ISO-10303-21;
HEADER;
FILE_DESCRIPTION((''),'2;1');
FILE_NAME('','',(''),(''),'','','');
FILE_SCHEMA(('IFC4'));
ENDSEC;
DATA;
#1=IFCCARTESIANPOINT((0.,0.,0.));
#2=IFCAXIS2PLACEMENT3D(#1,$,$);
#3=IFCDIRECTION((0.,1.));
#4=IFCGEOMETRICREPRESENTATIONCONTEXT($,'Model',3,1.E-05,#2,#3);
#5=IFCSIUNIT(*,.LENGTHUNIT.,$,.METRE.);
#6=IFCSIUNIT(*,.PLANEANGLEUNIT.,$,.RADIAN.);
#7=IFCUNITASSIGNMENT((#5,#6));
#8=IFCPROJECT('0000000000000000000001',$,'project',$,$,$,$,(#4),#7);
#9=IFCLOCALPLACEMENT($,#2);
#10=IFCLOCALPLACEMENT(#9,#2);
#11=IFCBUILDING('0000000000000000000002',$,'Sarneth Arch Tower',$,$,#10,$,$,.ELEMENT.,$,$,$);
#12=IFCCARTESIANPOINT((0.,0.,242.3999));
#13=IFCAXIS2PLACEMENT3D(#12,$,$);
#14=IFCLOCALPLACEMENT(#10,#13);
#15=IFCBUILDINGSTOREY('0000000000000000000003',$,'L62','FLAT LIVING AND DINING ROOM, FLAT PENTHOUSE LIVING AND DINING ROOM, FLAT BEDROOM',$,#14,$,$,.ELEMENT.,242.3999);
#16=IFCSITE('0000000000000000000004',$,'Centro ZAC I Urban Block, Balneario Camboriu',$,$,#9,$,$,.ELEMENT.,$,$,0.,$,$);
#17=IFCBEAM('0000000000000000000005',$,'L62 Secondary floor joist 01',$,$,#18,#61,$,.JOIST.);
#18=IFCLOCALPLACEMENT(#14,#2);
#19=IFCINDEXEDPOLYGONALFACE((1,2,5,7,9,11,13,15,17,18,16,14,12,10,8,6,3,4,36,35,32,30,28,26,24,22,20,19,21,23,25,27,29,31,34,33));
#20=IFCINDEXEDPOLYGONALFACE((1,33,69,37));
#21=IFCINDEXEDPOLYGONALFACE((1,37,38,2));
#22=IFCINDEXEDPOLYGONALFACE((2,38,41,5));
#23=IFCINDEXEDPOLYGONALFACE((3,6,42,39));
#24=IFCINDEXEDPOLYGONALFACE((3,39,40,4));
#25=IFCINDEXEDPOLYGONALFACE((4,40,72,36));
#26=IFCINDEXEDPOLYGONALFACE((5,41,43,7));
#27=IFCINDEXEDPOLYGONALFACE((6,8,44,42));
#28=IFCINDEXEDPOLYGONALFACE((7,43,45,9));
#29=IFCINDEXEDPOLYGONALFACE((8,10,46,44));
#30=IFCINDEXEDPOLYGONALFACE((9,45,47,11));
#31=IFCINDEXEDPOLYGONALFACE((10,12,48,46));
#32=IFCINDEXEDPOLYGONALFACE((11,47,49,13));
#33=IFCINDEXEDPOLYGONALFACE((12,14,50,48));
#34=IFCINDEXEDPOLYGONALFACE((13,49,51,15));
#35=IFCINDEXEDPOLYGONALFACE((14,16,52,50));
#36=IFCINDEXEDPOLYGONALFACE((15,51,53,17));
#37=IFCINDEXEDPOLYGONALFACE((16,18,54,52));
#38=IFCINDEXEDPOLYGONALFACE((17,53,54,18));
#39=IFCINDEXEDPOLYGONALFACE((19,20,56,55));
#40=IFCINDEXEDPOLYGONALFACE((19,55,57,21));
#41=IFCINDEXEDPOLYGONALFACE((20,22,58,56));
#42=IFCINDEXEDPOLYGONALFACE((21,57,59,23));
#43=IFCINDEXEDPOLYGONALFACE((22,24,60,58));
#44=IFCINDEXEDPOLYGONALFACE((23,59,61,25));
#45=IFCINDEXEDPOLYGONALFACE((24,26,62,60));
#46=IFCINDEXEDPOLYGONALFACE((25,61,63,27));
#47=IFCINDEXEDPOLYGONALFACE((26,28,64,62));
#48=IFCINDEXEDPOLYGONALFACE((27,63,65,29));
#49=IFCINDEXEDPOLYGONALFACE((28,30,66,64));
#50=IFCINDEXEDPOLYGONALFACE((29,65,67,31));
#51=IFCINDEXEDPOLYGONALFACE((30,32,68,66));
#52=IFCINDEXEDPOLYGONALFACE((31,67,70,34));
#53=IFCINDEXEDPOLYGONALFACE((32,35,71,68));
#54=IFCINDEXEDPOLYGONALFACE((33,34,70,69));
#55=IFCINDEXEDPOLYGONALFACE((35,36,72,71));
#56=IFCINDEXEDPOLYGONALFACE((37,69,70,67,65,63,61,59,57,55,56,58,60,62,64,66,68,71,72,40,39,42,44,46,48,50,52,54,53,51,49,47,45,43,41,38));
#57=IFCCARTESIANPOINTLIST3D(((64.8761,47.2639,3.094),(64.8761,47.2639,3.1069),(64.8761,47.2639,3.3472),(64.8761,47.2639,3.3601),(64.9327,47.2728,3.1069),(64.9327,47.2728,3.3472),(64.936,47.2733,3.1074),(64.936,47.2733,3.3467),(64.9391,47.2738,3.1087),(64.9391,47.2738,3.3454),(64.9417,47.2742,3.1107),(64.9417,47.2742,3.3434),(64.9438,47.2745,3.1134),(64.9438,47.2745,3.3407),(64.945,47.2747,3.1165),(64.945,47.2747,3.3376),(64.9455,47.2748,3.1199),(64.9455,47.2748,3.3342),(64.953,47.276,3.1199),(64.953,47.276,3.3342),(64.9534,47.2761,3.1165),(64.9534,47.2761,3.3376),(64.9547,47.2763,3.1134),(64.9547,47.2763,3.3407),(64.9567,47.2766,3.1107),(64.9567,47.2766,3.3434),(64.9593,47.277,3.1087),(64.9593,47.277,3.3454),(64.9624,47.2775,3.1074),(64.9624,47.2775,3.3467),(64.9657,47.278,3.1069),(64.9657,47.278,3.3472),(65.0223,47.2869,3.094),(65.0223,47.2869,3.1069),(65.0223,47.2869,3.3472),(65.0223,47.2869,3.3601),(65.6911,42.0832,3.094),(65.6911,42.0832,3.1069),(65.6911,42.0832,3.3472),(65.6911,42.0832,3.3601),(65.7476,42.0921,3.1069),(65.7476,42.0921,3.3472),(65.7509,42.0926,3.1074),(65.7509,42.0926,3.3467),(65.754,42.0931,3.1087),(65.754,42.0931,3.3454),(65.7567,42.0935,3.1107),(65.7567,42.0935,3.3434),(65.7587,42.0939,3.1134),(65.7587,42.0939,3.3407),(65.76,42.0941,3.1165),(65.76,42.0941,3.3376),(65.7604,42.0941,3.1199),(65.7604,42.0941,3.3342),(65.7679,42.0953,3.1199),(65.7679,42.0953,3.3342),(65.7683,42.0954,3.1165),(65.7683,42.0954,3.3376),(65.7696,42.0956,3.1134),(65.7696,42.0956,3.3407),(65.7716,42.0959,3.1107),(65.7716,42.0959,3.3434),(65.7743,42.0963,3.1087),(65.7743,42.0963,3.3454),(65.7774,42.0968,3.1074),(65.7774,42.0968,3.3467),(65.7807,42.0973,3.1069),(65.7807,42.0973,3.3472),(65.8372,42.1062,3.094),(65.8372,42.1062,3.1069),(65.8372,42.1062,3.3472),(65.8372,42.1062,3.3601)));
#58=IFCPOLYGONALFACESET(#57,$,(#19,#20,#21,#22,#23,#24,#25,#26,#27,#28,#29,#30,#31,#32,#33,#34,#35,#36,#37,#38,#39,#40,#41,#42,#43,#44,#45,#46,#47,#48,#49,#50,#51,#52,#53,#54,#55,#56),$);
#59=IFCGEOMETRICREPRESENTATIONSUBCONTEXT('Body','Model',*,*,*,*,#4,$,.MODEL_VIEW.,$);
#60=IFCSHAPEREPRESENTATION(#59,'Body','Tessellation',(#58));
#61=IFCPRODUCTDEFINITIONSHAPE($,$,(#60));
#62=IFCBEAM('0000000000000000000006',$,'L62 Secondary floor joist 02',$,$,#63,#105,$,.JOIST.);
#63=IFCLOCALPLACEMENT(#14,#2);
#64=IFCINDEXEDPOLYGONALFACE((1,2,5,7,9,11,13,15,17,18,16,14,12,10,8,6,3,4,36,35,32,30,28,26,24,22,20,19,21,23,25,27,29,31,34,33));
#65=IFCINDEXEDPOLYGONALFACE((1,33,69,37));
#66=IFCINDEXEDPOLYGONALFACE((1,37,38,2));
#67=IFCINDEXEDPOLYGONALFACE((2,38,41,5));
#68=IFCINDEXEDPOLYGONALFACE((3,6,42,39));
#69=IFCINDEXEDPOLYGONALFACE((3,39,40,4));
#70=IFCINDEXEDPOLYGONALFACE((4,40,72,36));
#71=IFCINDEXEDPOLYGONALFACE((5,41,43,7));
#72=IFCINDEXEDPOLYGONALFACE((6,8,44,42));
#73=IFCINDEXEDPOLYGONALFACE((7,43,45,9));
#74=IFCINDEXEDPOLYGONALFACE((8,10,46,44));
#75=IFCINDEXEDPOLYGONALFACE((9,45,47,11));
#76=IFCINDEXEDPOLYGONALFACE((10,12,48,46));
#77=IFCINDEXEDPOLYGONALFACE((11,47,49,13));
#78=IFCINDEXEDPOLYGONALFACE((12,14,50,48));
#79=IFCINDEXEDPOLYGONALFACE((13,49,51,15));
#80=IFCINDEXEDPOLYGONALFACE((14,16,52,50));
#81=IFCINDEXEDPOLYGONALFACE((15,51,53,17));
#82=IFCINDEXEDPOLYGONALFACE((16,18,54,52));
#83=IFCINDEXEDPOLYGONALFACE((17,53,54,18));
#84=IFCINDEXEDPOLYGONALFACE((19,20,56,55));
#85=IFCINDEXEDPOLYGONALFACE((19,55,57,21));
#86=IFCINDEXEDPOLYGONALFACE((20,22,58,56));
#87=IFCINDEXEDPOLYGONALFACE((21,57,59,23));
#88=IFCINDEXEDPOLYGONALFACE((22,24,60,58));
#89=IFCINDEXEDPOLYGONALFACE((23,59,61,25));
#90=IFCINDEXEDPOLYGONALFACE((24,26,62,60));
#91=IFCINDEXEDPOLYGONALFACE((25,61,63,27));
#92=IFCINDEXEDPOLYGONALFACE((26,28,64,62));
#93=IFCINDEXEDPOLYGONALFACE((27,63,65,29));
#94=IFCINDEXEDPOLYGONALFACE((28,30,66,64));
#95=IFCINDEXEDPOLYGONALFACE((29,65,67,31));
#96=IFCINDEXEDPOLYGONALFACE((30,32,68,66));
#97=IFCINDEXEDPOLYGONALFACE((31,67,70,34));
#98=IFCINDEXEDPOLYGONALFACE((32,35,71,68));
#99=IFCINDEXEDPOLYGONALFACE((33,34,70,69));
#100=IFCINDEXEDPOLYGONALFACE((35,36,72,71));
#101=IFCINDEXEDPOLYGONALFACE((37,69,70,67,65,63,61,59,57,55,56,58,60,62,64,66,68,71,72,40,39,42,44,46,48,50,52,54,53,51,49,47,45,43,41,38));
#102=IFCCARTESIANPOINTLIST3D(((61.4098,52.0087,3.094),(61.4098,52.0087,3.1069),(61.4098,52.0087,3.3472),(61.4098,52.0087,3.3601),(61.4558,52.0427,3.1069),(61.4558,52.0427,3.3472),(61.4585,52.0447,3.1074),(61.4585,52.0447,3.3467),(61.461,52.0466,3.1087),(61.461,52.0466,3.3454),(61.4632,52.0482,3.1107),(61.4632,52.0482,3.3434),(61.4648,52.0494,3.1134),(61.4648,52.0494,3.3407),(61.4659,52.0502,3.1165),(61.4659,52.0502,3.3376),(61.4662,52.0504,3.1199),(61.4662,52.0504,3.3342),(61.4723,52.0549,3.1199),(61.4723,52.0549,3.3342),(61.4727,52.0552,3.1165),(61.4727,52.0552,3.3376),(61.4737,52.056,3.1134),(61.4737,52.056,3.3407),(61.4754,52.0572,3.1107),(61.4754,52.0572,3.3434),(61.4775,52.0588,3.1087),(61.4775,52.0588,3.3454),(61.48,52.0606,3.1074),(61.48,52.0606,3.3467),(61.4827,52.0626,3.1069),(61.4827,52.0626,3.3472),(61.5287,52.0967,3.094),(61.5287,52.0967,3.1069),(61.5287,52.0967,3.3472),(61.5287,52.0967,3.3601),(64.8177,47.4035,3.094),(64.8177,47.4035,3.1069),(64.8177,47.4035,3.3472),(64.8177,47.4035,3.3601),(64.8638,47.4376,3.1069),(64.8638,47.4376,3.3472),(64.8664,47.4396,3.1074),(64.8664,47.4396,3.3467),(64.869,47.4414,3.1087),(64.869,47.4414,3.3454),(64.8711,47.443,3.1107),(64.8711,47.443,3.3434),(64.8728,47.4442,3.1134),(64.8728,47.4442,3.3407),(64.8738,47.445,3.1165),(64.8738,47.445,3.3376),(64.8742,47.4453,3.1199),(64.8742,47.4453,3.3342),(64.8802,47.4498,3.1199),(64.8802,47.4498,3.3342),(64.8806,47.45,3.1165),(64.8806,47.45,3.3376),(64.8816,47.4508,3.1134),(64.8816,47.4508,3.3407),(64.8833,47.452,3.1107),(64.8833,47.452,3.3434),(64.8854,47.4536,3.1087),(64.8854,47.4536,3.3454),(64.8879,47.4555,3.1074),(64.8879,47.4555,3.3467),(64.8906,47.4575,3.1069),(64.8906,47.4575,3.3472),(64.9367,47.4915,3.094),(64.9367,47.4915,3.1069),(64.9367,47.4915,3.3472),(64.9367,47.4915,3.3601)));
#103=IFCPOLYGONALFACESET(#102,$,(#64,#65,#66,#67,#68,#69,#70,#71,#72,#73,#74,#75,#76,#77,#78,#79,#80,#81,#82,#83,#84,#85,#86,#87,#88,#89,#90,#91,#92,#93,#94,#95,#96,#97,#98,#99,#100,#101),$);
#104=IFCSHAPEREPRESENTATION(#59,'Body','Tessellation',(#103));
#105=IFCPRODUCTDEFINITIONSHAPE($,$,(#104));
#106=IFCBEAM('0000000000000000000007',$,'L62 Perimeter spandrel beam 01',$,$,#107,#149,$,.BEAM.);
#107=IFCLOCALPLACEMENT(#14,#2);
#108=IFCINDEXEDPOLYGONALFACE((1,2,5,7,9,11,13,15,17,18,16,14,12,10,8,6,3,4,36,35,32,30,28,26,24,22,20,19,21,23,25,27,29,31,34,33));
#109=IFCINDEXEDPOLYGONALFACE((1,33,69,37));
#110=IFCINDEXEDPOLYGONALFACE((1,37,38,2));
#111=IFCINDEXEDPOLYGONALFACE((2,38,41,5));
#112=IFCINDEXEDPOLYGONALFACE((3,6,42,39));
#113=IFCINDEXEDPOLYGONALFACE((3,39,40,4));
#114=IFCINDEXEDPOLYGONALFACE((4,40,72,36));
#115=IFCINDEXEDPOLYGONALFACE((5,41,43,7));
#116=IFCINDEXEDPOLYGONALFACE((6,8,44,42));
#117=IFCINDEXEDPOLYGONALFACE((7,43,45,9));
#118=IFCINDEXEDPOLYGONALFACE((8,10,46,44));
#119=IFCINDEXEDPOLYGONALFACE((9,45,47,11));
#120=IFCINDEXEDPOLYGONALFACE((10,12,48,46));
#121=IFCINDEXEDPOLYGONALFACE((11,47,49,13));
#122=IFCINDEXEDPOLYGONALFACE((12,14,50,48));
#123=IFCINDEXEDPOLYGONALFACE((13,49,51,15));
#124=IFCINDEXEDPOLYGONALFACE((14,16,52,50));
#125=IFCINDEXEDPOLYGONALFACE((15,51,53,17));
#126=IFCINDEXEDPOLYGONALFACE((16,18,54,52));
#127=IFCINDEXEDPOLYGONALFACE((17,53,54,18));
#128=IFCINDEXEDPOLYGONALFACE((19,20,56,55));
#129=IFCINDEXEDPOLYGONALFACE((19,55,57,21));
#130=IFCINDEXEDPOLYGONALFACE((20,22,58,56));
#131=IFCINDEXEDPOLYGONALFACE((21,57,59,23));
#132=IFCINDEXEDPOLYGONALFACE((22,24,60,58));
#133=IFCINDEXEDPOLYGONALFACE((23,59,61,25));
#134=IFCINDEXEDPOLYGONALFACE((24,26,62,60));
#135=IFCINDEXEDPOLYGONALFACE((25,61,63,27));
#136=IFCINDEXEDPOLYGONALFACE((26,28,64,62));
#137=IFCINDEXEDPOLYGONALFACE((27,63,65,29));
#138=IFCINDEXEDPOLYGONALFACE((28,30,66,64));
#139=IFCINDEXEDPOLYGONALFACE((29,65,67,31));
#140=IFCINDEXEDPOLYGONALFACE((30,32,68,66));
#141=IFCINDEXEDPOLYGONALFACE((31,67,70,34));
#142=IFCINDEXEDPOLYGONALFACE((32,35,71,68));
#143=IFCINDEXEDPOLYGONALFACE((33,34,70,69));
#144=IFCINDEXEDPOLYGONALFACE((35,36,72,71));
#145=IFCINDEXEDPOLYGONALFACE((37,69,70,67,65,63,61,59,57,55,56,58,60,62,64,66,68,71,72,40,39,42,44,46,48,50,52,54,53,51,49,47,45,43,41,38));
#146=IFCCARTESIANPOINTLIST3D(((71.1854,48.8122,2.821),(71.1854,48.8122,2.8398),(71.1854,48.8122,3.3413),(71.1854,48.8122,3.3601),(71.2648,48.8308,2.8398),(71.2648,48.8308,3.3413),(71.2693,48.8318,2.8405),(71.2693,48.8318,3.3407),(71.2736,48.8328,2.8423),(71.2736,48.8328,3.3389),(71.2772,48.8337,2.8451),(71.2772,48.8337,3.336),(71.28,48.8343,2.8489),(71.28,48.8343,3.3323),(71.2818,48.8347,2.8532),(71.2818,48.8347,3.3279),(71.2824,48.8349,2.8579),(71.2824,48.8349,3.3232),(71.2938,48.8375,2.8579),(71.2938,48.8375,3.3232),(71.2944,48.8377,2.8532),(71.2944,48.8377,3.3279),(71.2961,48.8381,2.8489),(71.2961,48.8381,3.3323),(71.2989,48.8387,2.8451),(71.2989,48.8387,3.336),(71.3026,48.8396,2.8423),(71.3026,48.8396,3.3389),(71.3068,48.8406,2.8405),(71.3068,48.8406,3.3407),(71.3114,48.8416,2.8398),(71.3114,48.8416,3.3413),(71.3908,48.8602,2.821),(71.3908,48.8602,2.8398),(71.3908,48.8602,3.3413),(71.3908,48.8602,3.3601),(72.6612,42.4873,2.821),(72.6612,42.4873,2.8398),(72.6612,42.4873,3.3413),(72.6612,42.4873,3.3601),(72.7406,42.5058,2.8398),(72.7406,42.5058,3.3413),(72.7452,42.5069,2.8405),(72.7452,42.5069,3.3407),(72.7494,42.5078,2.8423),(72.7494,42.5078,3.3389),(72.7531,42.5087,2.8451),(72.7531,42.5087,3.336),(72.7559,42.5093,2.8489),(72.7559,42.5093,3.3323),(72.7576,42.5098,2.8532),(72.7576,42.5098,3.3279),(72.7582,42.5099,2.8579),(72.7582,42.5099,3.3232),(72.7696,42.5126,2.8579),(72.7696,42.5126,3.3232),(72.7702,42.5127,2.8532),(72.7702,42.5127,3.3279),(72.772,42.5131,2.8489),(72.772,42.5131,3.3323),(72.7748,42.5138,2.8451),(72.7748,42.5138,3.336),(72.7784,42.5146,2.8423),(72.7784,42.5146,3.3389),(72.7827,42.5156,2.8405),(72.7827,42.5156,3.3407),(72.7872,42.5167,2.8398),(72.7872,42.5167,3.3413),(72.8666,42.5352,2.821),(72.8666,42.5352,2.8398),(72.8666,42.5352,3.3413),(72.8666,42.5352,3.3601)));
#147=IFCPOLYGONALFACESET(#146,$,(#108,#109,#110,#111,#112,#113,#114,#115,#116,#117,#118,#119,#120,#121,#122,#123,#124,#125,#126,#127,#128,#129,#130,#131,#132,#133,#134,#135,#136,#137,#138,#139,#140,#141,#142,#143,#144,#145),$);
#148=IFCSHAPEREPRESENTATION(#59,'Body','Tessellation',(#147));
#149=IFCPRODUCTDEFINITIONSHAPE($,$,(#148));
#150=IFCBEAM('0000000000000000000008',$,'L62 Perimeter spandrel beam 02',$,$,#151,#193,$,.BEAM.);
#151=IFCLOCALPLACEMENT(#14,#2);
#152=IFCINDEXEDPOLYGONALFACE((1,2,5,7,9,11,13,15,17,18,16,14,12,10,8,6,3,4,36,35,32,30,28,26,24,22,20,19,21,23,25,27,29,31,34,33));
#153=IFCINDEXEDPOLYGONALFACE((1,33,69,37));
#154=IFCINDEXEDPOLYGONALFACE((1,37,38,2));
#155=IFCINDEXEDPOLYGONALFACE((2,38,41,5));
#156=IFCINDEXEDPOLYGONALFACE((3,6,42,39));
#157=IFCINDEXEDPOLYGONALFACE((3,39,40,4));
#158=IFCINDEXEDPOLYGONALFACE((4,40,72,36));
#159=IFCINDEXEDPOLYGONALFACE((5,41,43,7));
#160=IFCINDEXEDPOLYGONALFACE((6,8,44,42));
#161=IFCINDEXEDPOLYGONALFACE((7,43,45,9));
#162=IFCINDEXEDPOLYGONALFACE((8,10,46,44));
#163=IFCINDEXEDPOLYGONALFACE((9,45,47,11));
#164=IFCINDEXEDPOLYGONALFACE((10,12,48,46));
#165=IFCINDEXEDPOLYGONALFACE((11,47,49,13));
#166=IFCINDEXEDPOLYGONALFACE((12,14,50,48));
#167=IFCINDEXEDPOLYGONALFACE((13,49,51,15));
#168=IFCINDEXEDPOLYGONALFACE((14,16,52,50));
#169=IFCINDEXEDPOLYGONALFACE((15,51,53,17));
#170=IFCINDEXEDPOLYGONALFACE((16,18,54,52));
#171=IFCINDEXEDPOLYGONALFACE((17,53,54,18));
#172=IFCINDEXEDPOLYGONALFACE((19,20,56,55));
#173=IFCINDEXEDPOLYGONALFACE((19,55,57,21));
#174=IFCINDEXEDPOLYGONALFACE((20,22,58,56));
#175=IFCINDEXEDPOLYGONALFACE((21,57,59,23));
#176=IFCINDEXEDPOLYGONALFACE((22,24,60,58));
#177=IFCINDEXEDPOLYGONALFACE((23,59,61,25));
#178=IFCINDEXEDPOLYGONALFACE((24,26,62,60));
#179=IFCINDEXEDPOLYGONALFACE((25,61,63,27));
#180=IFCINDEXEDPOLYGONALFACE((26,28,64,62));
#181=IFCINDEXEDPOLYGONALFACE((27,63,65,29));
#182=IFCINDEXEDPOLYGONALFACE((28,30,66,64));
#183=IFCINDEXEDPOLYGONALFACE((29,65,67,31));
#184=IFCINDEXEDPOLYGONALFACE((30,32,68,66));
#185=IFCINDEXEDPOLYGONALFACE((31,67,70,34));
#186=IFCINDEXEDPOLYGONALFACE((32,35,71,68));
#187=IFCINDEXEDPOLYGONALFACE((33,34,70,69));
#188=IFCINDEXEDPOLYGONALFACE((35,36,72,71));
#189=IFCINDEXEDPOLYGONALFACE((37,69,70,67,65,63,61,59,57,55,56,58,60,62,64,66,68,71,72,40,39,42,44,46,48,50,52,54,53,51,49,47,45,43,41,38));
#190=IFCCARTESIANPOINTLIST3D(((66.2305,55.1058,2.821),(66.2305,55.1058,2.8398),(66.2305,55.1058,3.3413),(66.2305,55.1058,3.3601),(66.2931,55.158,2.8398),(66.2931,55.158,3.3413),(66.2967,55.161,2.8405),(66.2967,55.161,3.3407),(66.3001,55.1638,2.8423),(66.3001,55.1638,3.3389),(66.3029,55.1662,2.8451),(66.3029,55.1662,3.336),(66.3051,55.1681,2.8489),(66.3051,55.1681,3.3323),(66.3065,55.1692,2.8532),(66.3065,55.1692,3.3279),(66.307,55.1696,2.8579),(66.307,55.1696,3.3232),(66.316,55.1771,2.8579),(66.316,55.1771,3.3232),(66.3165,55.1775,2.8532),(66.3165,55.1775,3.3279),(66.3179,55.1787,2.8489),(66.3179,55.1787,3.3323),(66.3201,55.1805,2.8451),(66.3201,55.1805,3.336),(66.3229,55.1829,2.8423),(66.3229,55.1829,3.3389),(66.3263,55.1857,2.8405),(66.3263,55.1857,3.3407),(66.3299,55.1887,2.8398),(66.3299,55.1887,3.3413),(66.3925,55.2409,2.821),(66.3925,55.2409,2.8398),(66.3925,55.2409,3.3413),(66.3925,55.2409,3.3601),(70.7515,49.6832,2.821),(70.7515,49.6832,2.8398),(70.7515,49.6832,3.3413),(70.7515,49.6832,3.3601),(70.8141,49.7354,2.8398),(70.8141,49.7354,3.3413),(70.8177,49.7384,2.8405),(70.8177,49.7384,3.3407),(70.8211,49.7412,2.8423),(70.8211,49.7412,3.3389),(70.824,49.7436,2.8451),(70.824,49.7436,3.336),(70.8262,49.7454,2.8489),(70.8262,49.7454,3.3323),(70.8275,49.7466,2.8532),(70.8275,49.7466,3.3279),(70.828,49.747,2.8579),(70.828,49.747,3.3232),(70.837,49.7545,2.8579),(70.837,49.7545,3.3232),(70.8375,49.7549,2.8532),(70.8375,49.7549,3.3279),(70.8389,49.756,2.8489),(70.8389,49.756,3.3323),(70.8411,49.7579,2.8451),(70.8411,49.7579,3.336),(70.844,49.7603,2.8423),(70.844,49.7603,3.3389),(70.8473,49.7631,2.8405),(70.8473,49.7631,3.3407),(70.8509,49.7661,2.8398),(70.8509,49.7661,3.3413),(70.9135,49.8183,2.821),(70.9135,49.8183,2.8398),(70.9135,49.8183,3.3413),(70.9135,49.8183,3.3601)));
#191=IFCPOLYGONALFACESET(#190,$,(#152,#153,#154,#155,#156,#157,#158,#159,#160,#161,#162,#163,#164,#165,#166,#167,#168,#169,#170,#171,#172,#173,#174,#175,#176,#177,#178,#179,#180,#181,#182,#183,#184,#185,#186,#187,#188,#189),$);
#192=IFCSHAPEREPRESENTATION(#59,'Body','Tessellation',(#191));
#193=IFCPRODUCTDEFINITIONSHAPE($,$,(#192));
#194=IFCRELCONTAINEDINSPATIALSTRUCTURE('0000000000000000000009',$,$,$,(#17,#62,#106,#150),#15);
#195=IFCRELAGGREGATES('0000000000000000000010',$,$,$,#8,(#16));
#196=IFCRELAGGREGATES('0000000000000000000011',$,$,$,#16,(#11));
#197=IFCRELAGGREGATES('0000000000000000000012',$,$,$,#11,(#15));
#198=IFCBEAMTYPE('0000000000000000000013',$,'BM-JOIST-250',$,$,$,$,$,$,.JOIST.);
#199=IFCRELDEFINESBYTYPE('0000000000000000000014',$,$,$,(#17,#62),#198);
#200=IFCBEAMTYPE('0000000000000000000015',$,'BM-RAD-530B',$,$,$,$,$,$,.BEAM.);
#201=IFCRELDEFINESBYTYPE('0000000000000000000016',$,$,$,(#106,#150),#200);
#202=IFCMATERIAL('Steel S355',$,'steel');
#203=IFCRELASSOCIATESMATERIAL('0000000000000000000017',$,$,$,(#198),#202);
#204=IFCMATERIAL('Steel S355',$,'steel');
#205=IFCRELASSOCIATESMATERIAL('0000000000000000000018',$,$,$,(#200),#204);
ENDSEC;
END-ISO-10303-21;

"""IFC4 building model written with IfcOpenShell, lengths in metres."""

from ifc_helpers import new_model, si_unit, direction, frame, origin, origin_2d, place, context, subcontext, project, spatial, i_section, extrude, material, material_profile, profile_set, type_object, element, save


model = new_model("IFC4")

# Units and contexts
model_context = context("Model", 3, precision=1e-05, world=origin(), true_north=direction((0.0, 1.0)))
body_context = subcontext(model_context, "Body", "Model", "MODEL_VIEW")
ifc_project = project(units=[si_unit("LENGTHUNIT", "METRE"), si_unit("PLANEANGLEUNIT", "RADIAN")], contexts=[model_context])

# Site, building, storey
site_placement = place(None, origin())
site = spatial("IfcSite", under=ifc_project, at=site_placement, Name="Centro ZAC I Urban Block, Balneario Camboriu", CompositionType="ELEMENT", RefElevation=0.0)
building_placement = place(site_placement, origin())
building = spatial("IfcBuilding", under=site, at=building_placement, Name="Sarneth Arch Tower", CompositionType="ELEMENT")
storey_placement = place(building_placement, frame((0.0, 0.0, 242.3999)))
storey = spatial("IfcBuildingStorey", under=building, at=storey_placement, Name="L62", Description="FLAT LIVING AND DINING ROOM, FLAT PENTHOUSE LIVING AND DINING ROOM, FLAT BEDROOM", CompositionType="ELEMENT", Elevation=242.3999)

# Beams
ifc_material_1 = material(Name="Steel S355", Category="steel")
ifc_material_profile_1 = material_profile(ifc_material_1, i_section(OverallWidth=0.1479, OverallDepth=0.2661, WebThickness=0.0076, FlangeThickness=0.0129, FilletRadius=0.0129, at=origin_2d()), Name="W250x44.8")
ifc_profile_set_1 = profile_set([ifc_material_profile_1], Name="Steel S355")
beam_type_1 = type_object("IfcBeamType", Name="BM-JOIST-250", PredefinedType="JOIST", material=ifc_profile_set_1)
beam_1_placement = place(storey_placement, frame((65.7642, 42.0947, 3.2271), z_axis=(-0.155394, 0.987853, 0.0), x_axis=(-0.987853, -0.155394, 0.0)))
element("IfcBeam", 1, at=beam_1_placement, inside=storey, type_object=beam_type_1, Name="L62 Secondary floor joist 01", PredefinedType="JOIST", context=body_context, shape_type="SweptSolid", body=[
    extrude(i_section(OverallWidth=0.1479, OverallDepth=0.2661, WebThickness=0.0076, FlangeThickness=0.0129, FilletRadius=0.0129, at=origin_2d()), origin(), (0.0, 0.0, 1.0), 5.2444),
])
beam_2_placement = place(storey_placement, frame((64.8772, 47.4475, 3.2271), z_axis=(-0.594853, 0.803834, 0.0), x_axis=(-0.803834, -0.594853, 0.0)))
element("IfcBeam", 2, at=beam_2_placement, inside=storey, type_object=beam_type_1, Name="L62 Secondary floor joist 02", PredefinedType="JOIST", context=body_context, shape_type="SweptSolid", body=[
    extrude(i_section(OverallWidth=0.1479, OverallDepth=0.2661, WebThickness=0.0076, FlangeThickness=0.0129, FilletRadius=0.0129, at=origin_2d()), origin(), (0.0, 0.0, 1.0), 5.729),
])
ifc_material_2 = material(Name="Steel S355", Category="steel")
ifc_material_profile_2 = material_profile(ifc_material_2, i_section(OverallWidth=0.2109, OverallDepth=0.5391, WebThickness=0.0117, FlangeThickness=0.0188, FilletRadius=0.0181, at=origin_2d()), Name="W530x109")
ifc_profile_set_2 = profile_set([ifc_material_profile_2], Name="Steel S355")
beam_type_2 = type_object("IfcBeamType", Name="BM-RAD-530B", PredefinedType="BEAM", material=ifc_profile_set_2)
beam_3_placement = place(storey_placement, frame((72.7639, 42.5112, 3.0906), z_axis=(-0.227231, 0.973841, 0.0), x_axis=(-0.973841, -0.227231, 0.0)))
element("IfcBeam", 3, at=beam_3_placement, inside=storey, type_object=beam_type_2, Name="L62 Perimeter spandrel beam 01", PredefinedType="BEAM", context=body_context, shape_type="SweptSolid", body=[
    extrude(i_section(OverallWidth=0.2109, OverallDepth=0.5391, WebThickness=0.0117, FlangeThickness=0.0188, FilletRadius=0.0181, at=origin_2d()), origin(), (0.0, 0.0, 1.0), 6.4949),
])
beam_4_placement = place(storey_placement, frame((70.8325, 49.7507, 3.0906), z_axis=(-0.640365, 0.768071, 0.0), x_axis=(-0.768071, -0.640365, 0.0)))
element("IfcBeam", 4, at=beam_4_placement, inside=storey, type_object=beam_type_2, Name="L62 Perimeter spandrel beam 02", PredefinedType="BEAM", context=body_context, shape_type="SweptSolid", body=[
    extrude(i_section(OverallWidth=0.2109, OverallDepth=0.5391, WebThickness=0.0117, FlangeThickness=0.0188, FilletRadius=0.0181, at=origin_2d()), origin(), (0.0, 0.0, 1.0), 7.0601),
])

save(model, "model.ifc")
